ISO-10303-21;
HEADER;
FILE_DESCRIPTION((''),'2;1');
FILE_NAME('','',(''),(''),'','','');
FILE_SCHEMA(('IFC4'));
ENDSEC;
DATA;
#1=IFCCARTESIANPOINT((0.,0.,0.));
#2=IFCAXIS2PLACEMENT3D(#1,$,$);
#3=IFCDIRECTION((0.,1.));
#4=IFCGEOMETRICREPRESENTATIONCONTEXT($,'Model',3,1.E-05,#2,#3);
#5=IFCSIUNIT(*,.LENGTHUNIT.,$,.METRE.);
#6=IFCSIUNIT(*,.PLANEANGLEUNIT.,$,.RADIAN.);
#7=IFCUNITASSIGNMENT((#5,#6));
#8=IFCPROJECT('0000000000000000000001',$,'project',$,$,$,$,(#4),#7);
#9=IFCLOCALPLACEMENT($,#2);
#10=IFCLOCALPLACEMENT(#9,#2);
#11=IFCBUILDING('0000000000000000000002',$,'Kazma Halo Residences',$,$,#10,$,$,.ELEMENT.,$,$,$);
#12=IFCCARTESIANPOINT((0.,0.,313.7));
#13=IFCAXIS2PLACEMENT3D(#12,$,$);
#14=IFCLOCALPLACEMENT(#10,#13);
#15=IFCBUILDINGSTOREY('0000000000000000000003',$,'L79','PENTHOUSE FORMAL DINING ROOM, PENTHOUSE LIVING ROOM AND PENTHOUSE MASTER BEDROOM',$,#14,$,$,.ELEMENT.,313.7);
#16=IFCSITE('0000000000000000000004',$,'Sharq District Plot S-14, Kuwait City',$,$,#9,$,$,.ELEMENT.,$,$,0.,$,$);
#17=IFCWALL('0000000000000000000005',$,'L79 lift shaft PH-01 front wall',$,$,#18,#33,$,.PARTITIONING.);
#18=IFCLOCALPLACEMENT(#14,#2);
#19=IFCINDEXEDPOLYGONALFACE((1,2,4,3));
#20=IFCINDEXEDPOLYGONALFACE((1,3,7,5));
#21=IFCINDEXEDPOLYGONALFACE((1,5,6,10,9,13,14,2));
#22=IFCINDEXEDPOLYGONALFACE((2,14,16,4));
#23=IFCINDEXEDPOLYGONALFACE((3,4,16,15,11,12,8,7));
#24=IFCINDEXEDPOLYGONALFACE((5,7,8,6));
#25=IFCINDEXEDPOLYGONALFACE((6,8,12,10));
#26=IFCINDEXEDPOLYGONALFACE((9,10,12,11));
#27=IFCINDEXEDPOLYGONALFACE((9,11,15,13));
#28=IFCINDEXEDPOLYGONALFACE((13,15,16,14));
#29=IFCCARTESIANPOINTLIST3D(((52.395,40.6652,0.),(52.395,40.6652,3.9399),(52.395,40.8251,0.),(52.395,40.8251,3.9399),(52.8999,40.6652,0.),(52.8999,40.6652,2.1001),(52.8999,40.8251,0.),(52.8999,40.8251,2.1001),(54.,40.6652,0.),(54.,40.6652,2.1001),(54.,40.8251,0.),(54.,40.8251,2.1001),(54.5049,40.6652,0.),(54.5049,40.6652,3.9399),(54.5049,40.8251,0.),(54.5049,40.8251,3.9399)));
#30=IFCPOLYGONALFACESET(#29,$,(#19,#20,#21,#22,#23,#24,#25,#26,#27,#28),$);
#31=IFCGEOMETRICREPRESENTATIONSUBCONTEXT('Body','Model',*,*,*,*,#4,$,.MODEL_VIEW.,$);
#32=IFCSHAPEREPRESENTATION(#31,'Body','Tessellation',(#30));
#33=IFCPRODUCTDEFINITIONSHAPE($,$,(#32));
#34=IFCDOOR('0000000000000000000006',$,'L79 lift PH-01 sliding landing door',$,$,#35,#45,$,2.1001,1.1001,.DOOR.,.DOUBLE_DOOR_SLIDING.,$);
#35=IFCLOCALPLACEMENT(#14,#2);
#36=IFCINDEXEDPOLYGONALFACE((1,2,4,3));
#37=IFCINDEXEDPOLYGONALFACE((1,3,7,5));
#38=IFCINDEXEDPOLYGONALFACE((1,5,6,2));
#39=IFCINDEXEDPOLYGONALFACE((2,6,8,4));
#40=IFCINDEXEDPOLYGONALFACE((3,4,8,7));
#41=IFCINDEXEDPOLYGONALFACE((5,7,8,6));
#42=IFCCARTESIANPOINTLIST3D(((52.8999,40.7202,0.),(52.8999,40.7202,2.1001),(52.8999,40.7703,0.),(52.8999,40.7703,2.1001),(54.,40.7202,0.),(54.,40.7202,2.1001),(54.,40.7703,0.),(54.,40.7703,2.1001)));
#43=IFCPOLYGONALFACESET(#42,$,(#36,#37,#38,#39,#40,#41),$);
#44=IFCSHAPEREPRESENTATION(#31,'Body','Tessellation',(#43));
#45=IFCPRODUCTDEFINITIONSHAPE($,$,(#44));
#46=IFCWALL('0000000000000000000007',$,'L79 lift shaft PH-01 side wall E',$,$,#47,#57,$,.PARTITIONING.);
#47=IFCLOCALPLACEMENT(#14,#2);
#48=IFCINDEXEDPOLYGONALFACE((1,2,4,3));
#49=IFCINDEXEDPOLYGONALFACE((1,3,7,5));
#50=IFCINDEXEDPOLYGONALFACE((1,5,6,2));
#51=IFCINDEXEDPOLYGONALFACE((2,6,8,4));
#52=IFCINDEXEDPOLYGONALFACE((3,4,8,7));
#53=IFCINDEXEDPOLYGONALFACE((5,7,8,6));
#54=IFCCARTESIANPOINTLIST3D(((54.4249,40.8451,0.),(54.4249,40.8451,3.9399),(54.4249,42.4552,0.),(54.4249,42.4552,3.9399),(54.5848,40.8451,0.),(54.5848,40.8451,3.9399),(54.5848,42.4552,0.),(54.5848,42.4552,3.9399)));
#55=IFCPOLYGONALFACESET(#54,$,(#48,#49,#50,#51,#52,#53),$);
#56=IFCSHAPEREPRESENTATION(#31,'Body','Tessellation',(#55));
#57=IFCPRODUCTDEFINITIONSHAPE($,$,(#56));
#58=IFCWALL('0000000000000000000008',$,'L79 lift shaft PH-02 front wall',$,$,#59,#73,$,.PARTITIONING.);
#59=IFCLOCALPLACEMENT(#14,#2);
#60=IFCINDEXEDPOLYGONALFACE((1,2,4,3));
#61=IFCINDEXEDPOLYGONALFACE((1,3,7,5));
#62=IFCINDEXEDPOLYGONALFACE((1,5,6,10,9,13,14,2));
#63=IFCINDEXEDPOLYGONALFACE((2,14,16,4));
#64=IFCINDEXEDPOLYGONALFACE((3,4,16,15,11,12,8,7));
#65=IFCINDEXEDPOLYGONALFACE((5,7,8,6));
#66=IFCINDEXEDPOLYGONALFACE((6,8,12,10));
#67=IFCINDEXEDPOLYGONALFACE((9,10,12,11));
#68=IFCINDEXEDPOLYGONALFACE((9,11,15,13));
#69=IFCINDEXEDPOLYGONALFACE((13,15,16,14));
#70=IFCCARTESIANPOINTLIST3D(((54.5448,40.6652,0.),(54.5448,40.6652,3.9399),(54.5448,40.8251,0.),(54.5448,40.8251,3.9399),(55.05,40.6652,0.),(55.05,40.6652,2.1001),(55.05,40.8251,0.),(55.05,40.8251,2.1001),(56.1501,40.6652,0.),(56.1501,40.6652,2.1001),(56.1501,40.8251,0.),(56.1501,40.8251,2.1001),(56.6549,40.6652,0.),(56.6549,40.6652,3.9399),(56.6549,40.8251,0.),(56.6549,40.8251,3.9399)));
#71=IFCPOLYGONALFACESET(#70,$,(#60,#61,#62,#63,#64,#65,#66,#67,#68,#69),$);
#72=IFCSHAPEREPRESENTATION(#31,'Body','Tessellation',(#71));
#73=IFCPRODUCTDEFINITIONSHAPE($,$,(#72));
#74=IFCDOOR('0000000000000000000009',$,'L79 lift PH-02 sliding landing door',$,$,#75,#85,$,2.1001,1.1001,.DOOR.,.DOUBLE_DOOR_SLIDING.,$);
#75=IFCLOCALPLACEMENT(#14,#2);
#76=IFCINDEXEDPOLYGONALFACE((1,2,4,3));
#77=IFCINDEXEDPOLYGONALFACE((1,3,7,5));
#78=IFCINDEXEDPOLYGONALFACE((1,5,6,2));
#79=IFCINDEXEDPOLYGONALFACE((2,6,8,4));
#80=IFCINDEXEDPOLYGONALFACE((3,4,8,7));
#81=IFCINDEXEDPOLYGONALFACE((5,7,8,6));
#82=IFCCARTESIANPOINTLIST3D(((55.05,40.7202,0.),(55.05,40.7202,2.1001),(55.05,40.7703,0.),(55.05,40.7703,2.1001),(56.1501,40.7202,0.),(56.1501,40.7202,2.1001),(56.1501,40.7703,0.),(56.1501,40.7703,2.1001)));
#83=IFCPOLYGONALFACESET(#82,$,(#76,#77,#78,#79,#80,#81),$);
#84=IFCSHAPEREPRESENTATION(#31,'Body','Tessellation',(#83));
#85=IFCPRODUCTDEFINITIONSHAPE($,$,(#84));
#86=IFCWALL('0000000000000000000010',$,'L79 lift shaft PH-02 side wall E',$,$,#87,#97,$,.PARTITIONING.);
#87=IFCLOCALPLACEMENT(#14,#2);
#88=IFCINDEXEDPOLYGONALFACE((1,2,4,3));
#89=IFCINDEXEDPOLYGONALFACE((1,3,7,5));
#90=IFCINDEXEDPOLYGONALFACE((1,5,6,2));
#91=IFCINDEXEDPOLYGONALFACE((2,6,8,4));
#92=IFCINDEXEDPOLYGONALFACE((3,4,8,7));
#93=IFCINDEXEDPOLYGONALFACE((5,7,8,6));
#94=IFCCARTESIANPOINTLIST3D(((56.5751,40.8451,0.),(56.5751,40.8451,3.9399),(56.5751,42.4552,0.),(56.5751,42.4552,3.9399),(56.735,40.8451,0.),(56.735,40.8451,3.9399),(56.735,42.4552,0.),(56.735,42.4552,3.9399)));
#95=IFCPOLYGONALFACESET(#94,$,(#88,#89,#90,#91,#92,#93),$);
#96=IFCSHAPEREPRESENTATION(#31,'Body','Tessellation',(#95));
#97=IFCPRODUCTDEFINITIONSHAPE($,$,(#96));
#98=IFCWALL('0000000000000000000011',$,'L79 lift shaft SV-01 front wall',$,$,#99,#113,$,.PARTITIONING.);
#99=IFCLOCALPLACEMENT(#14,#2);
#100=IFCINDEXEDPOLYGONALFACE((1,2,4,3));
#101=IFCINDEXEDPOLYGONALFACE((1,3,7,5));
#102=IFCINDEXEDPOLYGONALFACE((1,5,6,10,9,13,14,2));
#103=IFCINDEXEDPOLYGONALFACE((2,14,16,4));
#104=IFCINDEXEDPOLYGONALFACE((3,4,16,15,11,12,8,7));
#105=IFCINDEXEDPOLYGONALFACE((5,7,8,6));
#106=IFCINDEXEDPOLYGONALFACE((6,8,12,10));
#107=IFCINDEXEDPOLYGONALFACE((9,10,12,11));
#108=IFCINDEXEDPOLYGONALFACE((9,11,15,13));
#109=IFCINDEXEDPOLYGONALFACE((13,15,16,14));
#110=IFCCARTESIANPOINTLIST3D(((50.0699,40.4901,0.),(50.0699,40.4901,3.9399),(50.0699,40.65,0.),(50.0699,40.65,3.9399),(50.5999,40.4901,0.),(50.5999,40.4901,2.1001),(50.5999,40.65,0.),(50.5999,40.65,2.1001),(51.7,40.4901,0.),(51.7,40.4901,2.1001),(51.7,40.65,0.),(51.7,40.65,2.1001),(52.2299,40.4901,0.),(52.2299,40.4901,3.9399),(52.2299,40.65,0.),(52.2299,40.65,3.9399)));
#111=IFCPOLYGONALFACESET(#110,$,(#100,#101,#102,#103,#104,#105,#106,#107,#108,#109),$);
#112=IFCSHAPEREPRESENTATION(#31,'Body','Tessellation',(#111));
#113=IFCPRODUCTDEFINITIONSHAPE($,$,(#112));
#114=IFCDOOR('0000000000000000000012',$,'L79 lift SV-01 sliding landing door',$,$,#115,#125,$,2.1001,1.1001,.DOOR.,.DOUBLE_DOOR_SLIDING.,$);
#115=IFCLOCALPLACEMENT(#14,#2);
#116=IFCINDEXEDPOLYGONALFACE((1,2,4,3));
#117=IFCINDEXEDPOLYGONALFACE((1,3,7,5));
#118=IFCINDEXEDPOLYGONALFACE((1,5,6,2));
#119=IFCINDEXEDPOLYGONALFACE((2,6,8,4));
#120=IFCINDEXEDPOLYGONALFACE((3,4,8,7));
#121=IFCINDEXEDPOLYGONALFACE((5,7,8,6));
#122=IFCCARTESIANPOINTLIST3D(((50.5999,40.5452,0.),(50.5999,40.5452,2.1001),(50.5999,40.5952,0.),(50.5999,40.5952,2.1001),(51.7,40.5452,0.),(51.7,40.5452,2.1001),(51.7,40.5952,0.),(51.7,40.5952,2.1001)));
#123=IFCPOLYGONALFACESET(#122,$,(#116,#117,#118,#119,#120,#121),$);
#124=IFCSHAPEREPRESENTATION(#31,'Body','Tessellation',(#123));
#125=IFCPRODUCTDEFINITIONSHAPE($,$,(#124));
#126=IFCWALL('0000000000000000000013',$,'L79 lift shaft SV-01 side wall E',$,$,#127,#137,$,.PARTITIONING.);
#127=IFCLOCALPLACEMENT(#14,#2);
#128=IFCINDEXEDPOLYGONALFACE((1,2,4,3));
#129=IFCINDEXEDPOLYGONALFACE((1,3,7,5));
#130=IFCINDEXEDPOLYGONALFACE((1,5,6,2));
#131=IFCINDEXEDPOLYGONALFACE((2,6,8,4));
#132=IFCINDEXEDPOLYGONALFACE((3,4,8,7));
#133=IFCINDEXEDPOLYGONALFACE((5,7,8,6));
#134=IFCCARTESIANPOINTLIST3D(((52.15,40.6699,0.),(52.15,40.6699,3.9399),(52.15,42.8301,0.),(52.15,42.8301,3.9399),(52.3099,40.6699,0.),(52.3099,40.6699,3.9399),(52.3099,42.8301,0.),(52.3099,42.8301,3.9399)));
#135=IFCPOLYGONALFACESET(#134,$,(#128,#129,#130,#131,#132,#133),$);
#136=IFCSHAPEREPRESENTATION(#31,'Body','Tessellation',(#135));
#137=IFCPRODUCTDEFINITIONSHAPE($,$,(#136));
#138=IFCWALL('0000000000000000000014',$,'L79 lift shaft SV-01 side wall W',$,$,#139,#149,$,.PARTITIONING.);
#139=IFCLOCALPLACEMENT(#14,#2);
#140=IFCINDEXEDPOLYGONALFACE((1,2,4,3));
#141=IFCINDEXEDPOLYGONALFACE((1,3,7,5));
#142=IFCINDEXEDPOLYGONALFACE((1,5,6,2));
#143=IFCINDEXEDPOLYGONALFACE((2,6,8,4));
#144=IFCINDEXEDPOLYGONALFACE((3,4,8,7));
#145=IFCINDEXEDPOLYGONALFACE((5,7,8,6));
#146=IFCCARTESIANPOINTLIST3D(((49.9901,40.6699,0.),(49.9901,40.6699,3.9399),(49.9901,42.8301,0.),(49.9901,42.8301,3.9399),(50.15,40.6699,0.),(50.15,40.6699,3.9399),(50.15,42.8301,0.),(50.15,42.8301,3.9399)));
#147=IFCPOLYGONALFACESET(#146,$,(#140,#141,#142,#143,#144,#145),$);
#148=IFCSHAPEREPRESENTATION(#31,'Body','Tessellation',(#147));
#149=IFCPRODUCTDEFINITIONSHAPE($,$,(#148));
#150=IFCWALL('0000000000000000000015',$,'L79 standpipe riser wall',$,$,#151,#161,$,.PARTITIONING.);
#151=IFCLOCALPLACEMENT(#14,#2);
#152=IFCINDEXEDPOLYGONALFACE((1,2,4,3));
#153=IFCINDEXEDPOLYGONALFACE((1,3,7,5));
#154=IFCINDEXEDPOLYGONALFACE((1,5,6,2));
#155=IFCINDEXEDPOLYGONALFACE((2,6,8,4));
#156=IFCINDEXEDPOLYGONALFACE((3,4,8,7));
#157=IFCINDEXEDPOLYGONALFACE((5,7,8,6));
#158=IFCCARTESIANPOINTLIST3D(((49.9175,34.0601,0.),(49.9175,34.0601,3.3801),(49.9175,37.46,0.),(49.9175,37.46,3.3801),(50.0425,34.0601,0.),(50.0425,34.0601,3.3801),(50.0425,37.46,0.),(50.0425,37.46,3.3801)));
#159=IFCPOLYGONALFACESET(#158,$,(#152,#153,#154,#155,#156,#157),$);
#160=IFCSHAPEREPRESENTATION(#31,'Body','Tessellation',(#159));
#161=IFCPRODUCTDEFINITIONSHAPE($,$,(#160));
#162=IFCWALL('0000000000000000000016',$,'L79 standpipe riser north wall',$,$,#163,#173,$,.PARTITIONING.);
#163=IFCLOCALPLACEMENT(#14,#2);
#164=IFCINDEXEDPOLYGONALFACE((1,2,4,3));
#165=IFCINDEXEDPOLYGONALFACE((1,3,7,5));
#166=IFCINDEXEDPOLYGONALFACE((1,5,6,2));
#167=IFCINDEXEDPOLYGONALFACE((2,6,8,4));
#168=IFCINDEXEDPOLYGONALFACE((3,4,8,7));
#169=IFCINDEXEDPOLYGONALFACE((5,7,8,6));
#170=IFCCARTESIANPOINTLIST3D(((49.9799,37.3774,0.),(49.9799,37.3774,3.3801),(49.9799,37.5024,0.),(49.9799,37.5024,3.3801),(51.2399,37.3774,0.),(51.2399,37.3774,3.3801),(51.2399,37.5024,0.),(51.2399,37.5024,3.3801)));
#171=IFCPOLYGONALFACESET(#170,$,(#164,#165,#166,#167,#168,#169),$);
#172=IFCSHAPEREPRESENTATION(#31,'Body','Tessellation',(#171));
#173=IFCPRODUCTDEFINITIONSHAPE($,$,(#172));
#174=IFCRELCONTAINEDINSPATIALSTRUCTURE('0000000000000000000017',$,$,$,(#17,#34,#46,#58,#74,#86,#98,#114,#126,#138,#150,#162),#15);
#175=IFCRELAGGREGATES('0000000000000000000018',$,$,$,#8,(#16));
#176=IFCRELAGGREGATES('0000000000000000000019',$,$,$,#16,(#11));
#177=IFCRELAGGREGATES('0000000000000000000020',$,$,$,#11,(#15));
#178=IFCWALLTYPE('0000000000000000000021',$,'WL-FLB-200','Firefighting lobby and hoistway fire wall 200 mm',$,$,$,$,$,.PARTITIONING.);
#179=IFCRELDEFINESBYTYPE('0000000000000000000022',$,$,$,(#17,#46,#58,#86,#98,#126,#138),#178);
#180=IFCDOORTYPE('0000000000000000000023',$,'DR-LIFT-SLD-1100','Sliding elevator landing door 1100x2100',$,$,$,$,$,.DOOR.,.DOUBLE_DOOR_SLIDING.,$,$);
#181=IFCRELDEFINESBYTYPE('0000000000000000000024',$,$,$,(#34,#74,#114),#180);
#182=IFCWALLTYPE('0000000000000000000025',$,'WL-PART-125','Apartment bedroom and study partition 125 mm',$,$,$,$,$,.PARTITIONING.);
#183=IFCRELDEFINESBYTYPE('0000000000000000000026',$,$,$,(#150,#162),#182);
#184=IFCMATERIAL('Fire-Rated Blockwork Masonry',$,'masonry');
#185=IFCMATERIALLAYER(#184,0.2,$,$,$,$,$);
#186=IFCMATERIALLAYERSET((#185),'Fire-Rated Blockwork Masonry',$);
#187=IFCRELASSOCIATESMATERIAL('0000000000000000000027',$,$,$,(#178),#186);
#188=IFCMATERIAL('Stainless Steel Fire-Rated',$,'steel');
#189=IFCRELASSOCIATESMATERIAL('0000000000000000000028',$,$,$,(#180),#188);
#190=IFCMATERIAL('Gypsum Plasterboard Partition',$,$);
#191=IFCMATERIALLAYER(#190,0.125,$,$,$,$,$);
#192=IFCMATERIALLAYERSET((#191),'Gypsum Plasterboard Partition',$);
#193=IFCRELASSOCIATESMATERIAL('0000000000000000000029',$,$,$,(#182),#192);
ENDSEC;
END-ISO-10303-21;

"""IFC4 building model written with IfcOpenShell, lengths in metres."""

from ifc_helpers import new_model, si_unit, direction, frame, frame_2d, origin, place, context, subcontext, project, spatial, rectangle, extrude, material, layer, layer_set, type_object, element, fill, save


model = new_model("IFC4")

# Units and contexts
model_context = context("Model", 3, precision=1e-05, world=origin(), true_north=direction((0.0, 1.0)))
body_context = subcontext(model_context, "Body", "Model", "MODEL_VIEW")
ifc_project = project(units=[si_unit("LENGTHUNIT", "METRE"), si_unit("PLANEANGLEUNIT", "RADIAN")], contexts=[model_context])

# Site, building, storey
site_placement = place(None, origin())
site = spatial("IfcSite", under=ifc_project, at=site_placement, Name="Sharq District Plot S-14, Kuwait City", CompositionType="ELEMENT", RefElevation=0.0)
building_placement = place(site_placement, origin())
building = spatial("IfcBuilding", under=site, at=building_placement, Name="Kazma Halo Residences", CompositionType="ELEMENT")
storey_placement = place(building_placement, frame((0.0, 0.0, 313.7)))
storey = spatial("IfcBuildingStorey", under=building, at=storey_placement, Name="L79", Description="PENTHOUSE FORMAL DINING ROOM, PENTHOUSE LIVING ROOM AND PENTHOUSE MASTER BEDROOM", CompositionType="ELEMENT", Elevation=313.7)

# Wall, opening, door
ifc_material_1 = material(Name="Fire-Rated Blockwork Masonry", Category="masonry")
ifc_layer_1 = layer(ifc_material_1, 0.2)
ifc_layer_set_1 = layer_set([ifc_layer_1], Name="Fire-Rated Blockwork Masonry")
wall_type_1 = type_object("IfcWallType", Name="WL-FLB-200", Description="Firefighting lobby and hoistway fire wall 200 mm", PredefinedType="PARTITIONING", material=ifc_layer_set_1)
wall_1_placement = place(storey_placement, frame((54.5049, 40.7451, 0.0), z_axis=(0.0, 0.0, 1.0), x_axis=(-1.0, 0.0, 0.0)))
wall_1 = element("IfcWall", 1, at=wall_1_placement, inside=storey, type_object=wall_type_1, Name="L79 lift shaft PH-01 front wall", PredefinedType="PARTITIONING", context=body_context, shape_type="SweptSolid", body=[
    extrude(rectangle(XDim=2.1099, YDim=0.1599, at=frame_2d((1.0549, 0.0))), origin(), (0.0, 0.0, 1.0), 3.9399),
])
opening_1_placement = place(wall_1_placement, frame((0.5049, 0.0, 0.0)))
opening_1 = element("IfcOpeningElement", 2, at=opening_1_placement, cuts=wall_1, PredefinedType="OPENING", context=body_context, shape_type="SweptSolid", body=[
    extrude(rectangle(XDim=1.1001, YDim=2.1001, at=frame_2d((0.55, 1.05))), frame((0.0, 0.0898, 0.0), z_axis=(0.0, -1.0, 0.0), x_axis=(1.0, 0.0, 0.0)), (0.0, 0.0, 1.0), 0.1799),
])
ifc_material_2 = material(Name="Stainless Steel Fire-Rated", Category="steel")
door_type_1 = type_object("IfcDoorType", Name="DR-LIFT-SLD-1100", Description="Sliding elevator landing door 1100x2100", OperationType="DOUBLE_DOOR_SLIDING", PredefinedType="DOOR", material=ifc_material_2)
door_1_placement = place(opening_1_placement, origin())
door_1 = element("IfcDoor", 3, at=door_1_placement, inside=storey, type_object=door_type_1, Name="L79 lift PH-01 sliding landing door", OperationType="DOUBLE_DOOR_SLIDING", OverallHeight=2.1001, OverallWidth=1.1001, PredefinedType="DOOR", context=body_context, shape_type="SweptSolid", body=[
    extrude(rectangle(XDim=1.1001, YDim=2.1001, at=frame_2d((0.55, 1.05))), frame((0.0, 0.0249, 0.0), z_axis=(0.0, -1.0, 0.0), x_axis=(1.0, 0.0, 0.0)), (0.0, 0.0, 1.0), 0.05),
])
fill(opening_1, door_1)

# Wall
wall_2_placement = place(storey_placement, frame((54.5049, 40.845, 0.0), z_axis=(0.0, 0.0, 1.0), x_axis=(0.0, 1.0, 0.0)))
element("IfcWall", 4, at=wall_2_placement, inside=storey, type_object=wall_type_1, Name="L79 lift shaft PH-01 side wall E", PredefinedType="PARTITIONING", context=body_context, shape_type="SweptSolid", body=[
    extrude(rectangle(XDim=1.6101, YDim=0.1599, at=frame_2d((0.8052, 0.0))), origin(), (0.0, 0.0, 1.0), 3.9399),
])

# Wall, opening, door
wall_3_placement = place(storey_placement, frame((56.655, 40.7451, 0.0), z_axis=(0.0, 0.0, 1.0), x_axis=(-1.0, 0.0, 0.0)))
wall_3 = element("IfcWall", 5, at=wall_3_placement, inside=storey, type_object=wall_type_1, Name="L79 lift shaft PH-02 front wall", PredefinedType="PARTITIONING", context=body_context, shape_type="SweptSolid", body=[
    extrude(rectangle(XDim=2.1101, YDim=0.1599, at=frame_2d((1.0552, 0.0))), origin(), (0.0, 0.0, 1.0), 3.9399),
])
opening_2_placement = place(wall_3_placement, frame((0.5049, 0.0, 0.0)))
opening_2 = element("IfcOpeningElement", 6, at=opening_2_placement, cuts=wall_3, PredefinedType="OPENING", context=body_context, shape_type="SweptSolid", body=[
    extrude(rectangle(XDim=1.1001, YDim=2.1001, at=frame_2d((0.55, 1.05))), frame((0.0, 0.0898, 0.0), z_axis=(0.0, -1.0, 0.0), x_axis=(1.0, 0.0, 0.0)), (0.0, 0.0, 1.0), 0.1799),
])
door_2_placement = place(opening_2_placement, origin())
door_2 = element("IfcDoor", 7, at=door_2_placement, inside=storey, type_object=door_type_1, Name="L79 lift PH-02 sliding landing door", OperationType="DOUBLE_DOOR_SLIDING", OverallHeight=2.1001, OverallWidth=1.1001, PredefinedType="DOOR", context=body_context, shape_type="SweptSolid", body=[
    extrude(rectangle(XDim=1.1001, YDim=2.1001, at=frame_2d((0.55, 1.05))), frame((0.0, 0.0249, 0.0), z_axis=(0.0, -1.0, 0.0), x_axis=(1.0, 0.0, 0.0)), (0.0, 0.0, 1.0), 0.05),
])
fill(opening_2, door_2)

# Wall
wall_4_placement = place(storey_placement, frame((56.655, 40.845, 0.0), z_axis=(0.0, 0.0, 1.0), x_axis=(0.0, 1.0, 0.0)))
element("IfcWall", 8, at=wall_4_placement, inside=storey, type_object=wall_type_1, Name="L79 lift shaft PH-02 side wall E", PredefinedType="PARTITIONING", context=body_context, shape_type="SweptSolid", body=[
    extrude(rectangle(XDim=1.6101, YDim=0.1599, at=frame_2d((0.8052, 0.0))), origin(), (0.0, 0.0, 1.0), 3.9399),
])

# Wall, opening, door
wall_5_placement = place(storey_placement, frame((52.23, 40.5701, 0.0), z_axis=(0.0, 0.0, 1.0), x_axis=(-1.0, 0.0, 0.0)))
wall_5 = element("IfcWall", 9, at=wall_5_placement, inside=storey, type_object=wall_type_1, Name="L79 lift shaft SV-01 front wall", PredefinedType="PARTITIONING", context=body_context, shape_type="SweptSolid", body=[
    extrude(rectangle(XDim=2.1599, YDim=0.1599, at=frame_2d((1.0801, 0.0))), origin(), (0.0, 0.0, 1.0), 3.9399),
])
opening_3_placement = place(wall_5_placement, frame((0.53, 0.0, 0.0)))
opening_3 = element("IfcOpeningElement", 10, at=opening_3_placement, cuts=wall_5, PredefinedType="OPENING", context=body_context, shape_type="SweptSolid", body=[
    extrude(rectangle(XDim=1.1001, YDim=2.1001, at=frame_2d((0.55, 1.05))), frame((0.0, 0.0898, 0.0), z_axis=(0.0, -1.0, 0.0), x_axis=(1.0, 0.0, 0.0)), (0.0, 0.0, 1.0), 0.1799),
])
door_3_placement = place(opening_3_placement, origin())
door_3 = element("IfcDoor", 11, at=door_3_placement, inside=storey, type_object=door_type_1, Name="L79 lift SV-01 sliding landing door", OperationType="DOUBLE_DOOR_SLIDING", OverallHeight=2.1001, OverallWidth=1.1001, PredefinedType="DOOR", context=body_context, shape_type="SweptSolid", body=[
    extrude(rectangle(XDim=1.1001, YDim=2.1001, at=frame_2d((0.55, 1.05))), frame((0.0, 0.0249, 0.0), z_axis=(0.0, -1.0, 0.0), x_axis=(1.0, 0.0, 0.0)), (0.0, 0.0, 1.0), 0.05),
])
fill(opening_3, door_3)

# Walls
for number, where, z_axis, x_axis, name in (
    (12, (52.23, 40.6699, 0.0), (0.0, 0.0, 1.0), (0.0, 1.0, 0.0), "L79 lift shaft SV-01 side wall E"),
    (13, (50.0701, 40.6699, 0.0), (0.0, 0.0, 1.0), (0.0, 1.0, 0.0), "L79 lift shaft SV-01 side wall W"),
):
    element("IfcWall", number, at=place(storey_placement, frame(where, z_axis=z_axis, x_axis=x_axis)), inside=storey, type_object=wall_type_1, Name=name, PredefinedType="PARTITIONING", context=body_context, shape_type="SweptSolid", body=[
        extrude(rectangle(XDim=2.1602, YDim=0.1599, at=frame_2d((1.0801, 0.0))), origin(), (0.0, 0.0, 1.0), 3.9399),
    ])
ifc_material_3 = material(Name="Gypsum Plasterboard Partition")
ifc_layer_2 = layer(ifc_material_3, 0.125)
ifc_layer_set_2 = layer_set([ifc_layer_2], Name="Gypsum Plasterboard Partition")
wall_type_2 = type_object("IfcWallType", Name="WL-PART-125", Description="Apartment bedroom and study partition 125 mm", PredefinedType="PARTITIONING", material=ifc_layer_set_2)
wall_6_placement = place(storey_placement, frame((49.98, 34.0601, 0.0), z_axis=(0.0, 0.0, 1.0), x_axis=(0.0, 1.0, 0.0)))
element("IfcWall", 14, at=wall_6_placement, inside=storey, type_object=wall_type_2, Name="L79 standpipe riser wall", PredefinedType="PARTITIONING", context=body_context, shape_type="SweptSolid", body=[
    extrude(rectangle(XDim=3.3999, YDim=0.125, at=frame_2d((1.7, 0.0))), origin(), (0.0, 0.0, 1.0), 3.3801),
])
wall_7_placement = place(storey_placement, frame((49.98, 37.4399, 0.0), z_axis=(0.0, 0.0, 1.0), x_axis=(1.0, 0.0, 0.0)))
element("IfcWall", 15, at=wall_7_placement, inside=storey, type_object=wall_type_2, Name="L79 standpipe riser north wall", PredefinedType="PARTITIONING", context=body_context, shape_type="SweptSolid", body=[
    extrude(rectangle(XDim=1.26, YDim=0.125, at=frame_2d((0.6299, 0.0))), origin(), (0.0, 0.0, 1.0), 3.3801),
])

save(model, "model.ifc")
